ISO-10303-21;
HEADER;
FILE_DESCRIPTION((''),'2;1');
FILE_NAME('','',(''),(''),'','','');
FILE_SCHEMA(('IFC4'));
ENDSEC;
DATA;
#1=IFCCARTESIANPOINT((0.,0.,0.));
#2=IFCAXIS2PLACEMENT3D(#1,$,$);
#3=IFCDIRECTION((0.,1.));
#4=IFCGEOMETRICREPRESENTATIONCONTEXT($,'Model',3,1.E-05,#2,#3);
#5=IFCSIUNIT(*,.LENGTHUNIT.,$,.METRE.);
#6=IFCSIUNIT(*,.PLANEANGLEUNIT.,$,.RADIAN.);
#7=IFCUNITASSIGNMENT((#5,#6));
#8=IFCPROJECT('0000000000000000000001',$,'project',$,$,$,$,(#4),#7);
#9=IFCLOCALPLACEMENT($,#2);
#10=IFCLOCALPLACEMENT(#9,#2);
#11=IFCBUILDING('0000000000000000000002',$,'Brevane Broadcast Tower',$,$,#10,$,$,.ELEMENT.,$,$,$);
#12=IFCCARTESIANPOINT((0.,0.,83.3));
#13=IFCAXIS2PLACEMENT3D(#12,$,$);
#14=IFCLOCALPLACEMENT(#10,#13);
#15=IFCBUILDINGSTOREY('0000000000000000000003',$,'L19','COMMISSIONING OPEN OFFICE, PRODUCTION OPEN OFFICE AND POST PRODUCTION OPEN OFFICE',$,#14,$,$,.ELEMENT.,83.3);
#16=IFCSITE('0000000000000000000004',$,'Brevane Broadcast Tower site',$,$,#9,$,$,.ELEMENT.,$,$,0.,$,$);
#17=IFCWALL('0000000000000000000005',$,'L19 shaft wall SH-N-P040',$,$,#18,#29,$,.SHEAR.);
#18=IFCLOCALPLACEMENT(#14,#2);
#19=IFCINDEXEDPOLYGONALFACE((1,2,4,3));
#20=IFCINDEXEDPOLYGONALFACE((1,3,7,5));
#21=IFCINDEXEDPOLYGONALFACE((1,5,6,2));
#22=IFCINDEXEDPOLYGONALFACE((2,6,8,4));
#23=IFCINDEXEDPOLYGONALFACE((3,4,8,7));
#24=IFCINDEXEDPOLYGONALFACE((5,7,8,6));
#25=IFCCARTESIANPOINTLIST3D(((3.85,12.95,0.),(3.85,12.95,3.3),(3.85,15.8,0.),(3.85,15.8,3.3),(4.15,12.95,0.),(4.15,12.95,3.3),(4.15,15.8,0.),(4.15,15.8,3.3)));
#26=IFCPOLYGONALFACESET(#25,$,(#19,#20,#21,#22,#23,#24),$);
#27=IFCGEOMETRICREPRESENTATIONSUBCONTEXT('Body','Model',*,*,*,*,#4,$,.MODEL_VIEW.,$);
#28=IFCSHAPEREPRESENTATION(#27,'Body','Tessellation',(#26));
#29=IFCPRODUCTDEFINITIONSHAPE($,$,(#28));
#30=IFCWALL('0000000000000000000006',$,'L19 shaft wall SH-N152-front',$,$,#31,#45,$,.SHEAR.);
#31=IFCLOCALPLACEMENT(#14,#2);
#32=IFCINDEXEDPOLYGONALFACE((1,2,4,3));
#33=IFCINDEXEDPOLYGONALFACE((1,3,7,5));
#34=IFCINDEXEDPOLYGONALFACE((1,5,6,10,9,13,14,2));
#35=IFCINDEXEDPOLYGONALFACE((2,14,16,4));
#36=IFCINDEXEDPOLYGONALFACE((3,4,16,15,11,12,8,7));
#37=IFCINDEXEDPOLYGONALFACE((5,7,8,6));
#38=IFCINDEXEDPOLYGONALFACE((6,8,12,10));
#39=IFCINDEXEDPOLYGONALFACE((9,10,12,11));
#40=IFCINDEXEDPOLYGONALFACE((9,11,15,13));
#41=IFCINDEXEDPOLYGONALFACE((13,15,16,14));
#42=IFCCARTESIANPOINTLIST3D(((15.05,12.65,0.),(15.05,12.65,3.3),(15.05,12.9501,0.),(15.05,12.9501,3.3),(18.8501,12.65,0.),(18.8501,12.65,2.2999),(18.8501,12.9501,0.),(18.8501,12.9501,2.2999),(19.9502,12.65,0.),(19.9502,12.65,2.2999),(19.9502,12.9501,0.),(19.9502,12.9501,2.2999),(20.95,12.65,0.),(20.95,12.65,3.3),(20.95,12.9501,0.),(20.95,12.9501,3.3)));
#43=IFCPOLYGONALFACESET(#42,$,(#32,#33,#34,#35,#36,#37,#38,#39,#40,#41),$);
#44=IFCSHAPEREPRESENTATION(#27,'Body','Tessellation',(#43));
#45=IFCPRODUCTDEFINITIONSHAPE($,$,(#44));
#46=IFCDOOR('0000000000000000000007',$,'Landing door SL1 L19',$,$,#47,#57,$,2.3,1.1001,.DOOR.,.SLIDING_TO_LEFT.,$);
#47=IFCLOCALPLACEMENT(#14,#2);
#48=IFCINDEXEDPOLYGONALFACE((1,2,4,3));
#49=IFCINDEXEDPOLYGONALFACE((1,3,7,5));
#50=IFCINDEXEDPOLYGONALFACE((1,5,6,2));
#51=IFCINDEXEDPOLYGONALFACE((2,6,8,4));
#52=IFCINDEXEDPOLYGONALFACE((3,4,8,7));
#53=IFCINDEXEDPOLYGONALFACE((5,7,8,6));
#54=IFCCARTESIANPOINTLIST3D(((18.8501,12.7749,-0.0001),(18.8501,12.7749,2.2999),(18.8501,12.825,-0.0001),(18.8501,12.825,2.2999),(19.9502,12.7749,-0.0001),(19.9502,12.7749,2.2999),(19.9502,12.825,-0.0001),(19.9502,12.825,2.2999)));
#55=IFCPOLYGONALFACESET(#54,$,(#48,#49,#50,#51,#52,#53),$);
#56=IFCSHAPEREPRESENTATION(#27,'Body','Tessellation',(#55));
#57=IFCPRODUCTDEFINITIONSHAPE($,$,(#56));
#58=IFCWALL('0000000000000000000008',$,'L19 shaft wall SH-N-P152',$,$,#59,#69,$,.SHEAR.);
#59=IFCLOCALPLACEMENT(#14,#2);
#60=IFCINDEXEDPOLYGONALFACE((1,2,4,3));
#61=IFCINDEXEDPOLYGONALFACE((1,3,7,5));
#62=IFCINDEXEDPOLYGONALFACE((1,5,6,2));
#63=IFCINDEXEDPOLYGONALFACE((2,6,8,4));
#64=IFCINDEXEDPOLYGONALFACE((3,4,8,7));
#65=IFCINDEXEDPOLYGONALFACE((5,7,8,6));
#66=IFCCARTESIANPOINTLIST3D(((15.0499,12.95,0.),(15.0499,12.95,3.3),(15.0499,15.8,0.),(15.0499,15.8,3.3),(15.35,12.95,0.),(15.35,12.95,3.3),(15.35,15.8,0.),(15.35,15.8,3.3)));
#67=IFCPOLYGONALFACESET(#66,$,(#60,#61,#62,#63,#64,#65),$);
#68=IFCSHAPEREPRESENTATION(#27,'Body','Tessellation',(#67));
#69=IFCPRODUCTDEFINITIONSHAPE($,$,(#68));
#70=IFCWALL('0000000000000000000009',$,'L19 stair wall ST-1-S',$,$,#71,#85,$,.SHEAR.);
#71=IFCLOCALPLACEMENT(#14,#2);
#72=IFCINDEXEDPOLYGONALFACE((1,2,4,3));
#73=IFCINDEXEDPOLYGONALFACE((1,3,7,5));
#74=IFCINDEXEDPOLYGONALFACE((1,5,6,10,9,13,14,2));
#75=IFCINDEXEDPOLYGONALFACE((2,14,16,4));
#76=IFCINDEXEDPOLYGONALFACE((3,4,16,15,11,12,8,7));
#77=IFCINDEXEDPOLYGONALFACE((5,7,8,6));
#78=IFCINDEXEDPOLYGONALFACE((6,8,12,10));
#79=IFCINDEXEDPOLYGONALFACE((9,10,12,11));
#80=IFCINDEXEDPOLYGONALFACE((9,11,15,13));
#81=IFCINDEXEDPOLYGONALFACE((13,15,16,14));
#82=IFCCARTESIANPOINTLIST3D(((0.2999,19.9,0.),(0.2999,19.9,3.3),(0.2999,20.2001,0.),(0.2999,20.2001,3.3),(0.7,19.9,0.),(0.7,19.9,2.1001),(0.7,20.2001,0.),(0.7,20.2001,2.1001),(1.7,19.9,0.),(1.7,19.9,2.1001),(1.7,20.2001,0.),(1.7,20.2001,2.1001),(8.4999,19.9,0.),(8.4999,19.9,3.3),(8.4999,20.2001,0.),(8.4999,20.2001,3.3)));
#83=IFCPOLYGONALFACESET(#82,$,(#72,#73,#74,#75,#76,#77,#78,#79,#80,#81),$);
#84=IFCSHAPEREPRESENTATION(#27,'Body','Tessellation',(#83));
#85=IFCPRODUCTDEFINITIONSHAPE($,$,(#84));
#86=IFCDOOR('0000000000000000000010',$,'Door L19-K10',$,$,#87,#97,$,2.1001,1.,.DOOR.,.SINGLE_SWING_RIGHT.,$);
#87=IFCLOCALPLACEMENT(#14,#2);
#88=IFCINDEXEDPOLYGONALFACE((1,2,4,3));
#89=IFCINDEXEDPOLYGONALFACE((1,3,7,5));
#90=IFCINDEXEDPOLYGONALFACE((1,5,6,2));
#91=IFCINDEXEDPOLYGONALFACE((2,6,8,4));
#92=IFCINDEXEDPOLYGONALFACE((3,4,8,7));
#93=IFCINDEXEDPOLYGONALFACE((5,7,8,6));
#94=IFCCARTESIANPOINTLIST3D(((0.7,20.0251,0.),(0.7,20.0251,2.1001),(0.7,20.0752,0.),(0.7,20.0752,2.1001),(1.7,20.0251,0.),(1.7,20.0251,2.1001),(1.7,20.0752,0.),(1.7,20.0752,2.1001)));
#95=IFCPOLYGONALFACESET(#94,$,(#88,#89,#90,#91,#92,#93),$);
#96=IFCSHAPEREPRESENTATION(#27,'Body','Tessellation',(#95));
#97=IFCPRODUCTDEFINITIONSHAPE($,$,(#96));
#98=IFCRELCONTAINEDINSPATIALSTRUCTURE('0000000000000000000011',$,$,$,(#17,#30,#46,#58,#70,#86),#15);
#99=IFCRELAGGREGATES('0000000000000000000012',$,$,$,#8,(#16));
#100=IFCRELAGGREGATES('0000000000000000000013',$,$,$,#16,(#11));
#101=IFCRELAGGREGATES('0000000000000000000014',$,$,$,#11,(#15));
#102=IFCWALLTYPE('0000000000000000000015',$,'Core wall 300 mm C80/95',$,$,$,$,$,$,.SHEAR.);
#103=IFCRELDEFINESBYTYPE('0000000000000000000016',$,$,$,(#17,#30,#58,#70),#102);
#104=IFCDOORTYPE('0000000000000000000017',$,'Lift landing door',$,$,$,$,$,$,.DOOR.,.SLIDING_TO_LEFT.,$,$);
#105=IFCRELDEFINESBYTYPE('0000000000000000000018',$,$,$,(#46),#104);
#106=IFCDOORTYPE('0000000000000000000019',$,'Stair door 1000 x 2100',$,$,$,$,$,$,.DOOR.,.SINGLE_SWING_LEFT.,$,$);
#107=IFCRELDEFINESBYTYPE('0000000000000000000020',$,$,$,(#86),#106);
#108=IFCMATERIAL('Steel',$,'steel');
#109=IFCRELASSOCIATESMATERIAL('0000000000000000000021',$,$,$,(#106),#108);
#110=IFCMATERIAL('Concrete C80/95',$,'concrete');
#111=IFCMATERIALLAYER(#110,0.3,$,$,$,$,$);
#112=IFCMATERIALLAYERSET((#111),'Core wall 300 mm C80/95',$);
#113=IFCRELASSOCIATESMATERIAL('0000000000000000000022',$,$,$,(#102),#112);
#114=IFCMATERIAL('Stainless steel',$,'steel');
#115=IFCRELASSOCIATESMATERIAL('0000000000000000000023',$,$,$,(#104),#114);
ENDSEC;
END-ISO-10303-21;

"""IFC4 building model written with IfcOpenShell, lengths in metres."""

from ifc_helpers import new_model, si_unit, direction, frame, frame_2d, origin, place, context, subcontext, project, spatial, rectangle, extrude, material, layer, layer_set, type_object, element, fill, save


model = new_model("IFC4")

# Units and contexts
model_context = context("Model", 3, precision=1e-05, world=origin(), true_north=direction((0.0, 1.0)))
body_context = subcontext(model_context, "Body", "Model", "MODEL_VIEW")
ifc_project = project(units=[si_unit("LENGTHUNIT", "METRE"), si_unit("PLANEANGLEUNIT", "RADIAN")], contexts=[model_context])

# Site, building, storey
site_placement = place(None, origin())
site = spatial("IfcSite", under=ifc_project, at=site_placement, Name="Brevane Broadcast Tower site", CompositionType="ELEMENT", RefElevation=0.0)
building_placement = place(site_placement, origin())
building = spatial("IfcBuilding", under=site, at=building_placement, Name="Brevane Broadcast Tower", CompositionType="ELEMENT")
storey_placement = place(building_placement, frame((0.0, 0.0, 83.3)))
storey = spatial("IfcBuildingStorey", under=building, at=storey_placement, Name="L19", Description="COMMISSIONING OPEN OFFICE, PRODUCTION OPEN OFFICE AND POST PRODUCTION OPEN OFFICE", CompositionType="ELEMENT", Elevation=83.3)

# Shared definitions
ifc_material_1 = material(Name="Steel", Category="steel")
door_type_1 = type_object("IfcDoorType", Name="Stair door 1000 x 2100", OperationType="SINGLE_SWING_LEFT", PredefinedType="DOOR", material=ifc_material_1)

# Wall
ifc_material_2 = material(Name="Concrete C80/95", Category="concrete")
ifc_layer_1 = layer(ifc_material_2, 0.3)
ifc_layer_set_1 = layer_set([ifc_layer_1], Name="Core wall 300 mm C80/95")
wall_type_1 = type_object("IfcWallType", Name="Core wall 300 mm C80/95", PredefinedType="SHEAR", material=ifc_layer_set_1)
wall_1_placement = place(storey_placement, frame((4.0, 12.95, 0.0), z_axis=(0.0, 0.0, 1.0), x_axis=(0.0, 1.0, 0.0)))
element("IfcWall", 1, at=wall_1_placement, inside=storey, type_object=wall_type_1, Name="L19 shaft wall SH-N-P040", PredefinedType="SHEAR", context=body_context, shape_type="SweptSolid", body=[
    extrude(rectangle(XDim=2.8501, YDim=0.3, at=frame_2d((1.425, 0.0))), origin(), (0.0, 0.0, 1.0), 3.3),
])

# Wall, opening, door
wall_2_placement = place(storey_placement, frame((15.05, 12.8, 0.0), z_axis=(0.0, 0.0, 1.0), x_axis=(1.0, 0.0, 0.0)))
wall_2 = element("IfcWall", 2, at=wall_2_placement, inside=storey, type_object=wall_type_1, Name="L19 shaft wall SH-N152-front", PredefinedType="SHEAR", context=body_context, shape_type="SweptSolid", body=[
    extrude(rectangle(XDim=5.8999, YDim=0.3, at=frame_2d((2.95, 0.0))), origin(), (0.0, 0.0, 1.0), 3.3),
])
opening_1_placement = place(wall_2_placement, frame((3.8, 0.0, 0.0)))
opening_1 = element("IfcOpeningElement", 3, at=opening_1_placement, cuts=wall_2, PredefinedType="OPENING", context=body_context, shape_type="SweptSolid", body=[
    extrude(rectangle(XDim=1.1001, YDim=2.3, at=frame_2d((0.55, 1.1499))), frame((0.0, 0.1599, 0.0), z_axis=(0.0, -1.0, 0.0), x_axis=(1.0, 0.0, 0.0)), (0.0, 0.0, 1.0), 0.3201),
])
ifc_material_3 = material(Name="Stainless steel", Category="steel")
door_type_2 = type_object("IfcDoorType", Name="Lift landing door", OperationType="SLIDING_TO_LEFT", PredefinedType="DOOR", material=ifc_material_3)
door_1_placement = place(opening_1_placement, origin())
door_1 = element("IfcDoor", 4, at=door_1_placement, inside=storey, type_object=door_type_2, Name="Landing door SL1 L19", OperationType="SLIDING_TO_LEFT", OverallHeight=2.3, OverallWidth=1.1001, PredefinedType="DOOR", context=body_context, shape_type="SweptSolid", body=[
    extrude(rectangle(XDim=1.1001, YDim=2.3, at=frame_2d((0.55, 1.1499))), frame((0.0, 0.0249, 0.0), z_axis=(0.0, -1.0, 0.0), x_axis=(1.0, 0.0, 0.0)), (0.0, 0.0, 1.0), 0.05),
])
fill(opening_1, door_1)

# Wall
wall_3_placement = place(storey_placement, frame((15.2, 12.95, 0.0), z_axis=(0.0, 0.0, 1.0), x_axis=(0.0, 1.0, 0.0)))
element("IfcWall", 5, at=wall_3_placement, inside=storey, type_object=wall_type_1, Name="L19 shaft wall SH-N-P152", PredefinedType="SHEAR", context=body_context, shape_type="SweptSolid", body=[
    extrude(rectangle(XDim=2.8501, YDim=0.3, at=frame_2d((1.425, 0.0))), origin(), (0.0, 0.0, 1.0), 3.3),
])

# Wall, opening, door
wall_4_placement = place(storey_placement, frame((8.5, 20.05, 0.0), z_axis=(0.0, 0.0, 1.0), x_axis=(-1.0, 0.0, 0.0)))
wall_4 = element("IfcWall", 6, at=wall_4_placement, inside=storey, type_object=wall_type_1, Name="L19 stair wall ST-1-S", PredefinedType="SHEAR", context=body_context, shape_type="SweptSolid", body=[
    extrude(rectangle(XDim=8.2, YDim=0.3, at=frame_2d((4.1001, 0.0))), origin(), (0.0, 0.0, 1.0), 3.3),
])
opening_2_placement = place(wall_4_placement, frame((6.8, 0.0, 0.0)))
opening_2 = element("IfcOpeningElement", 7, at=opening_2_placement, cuts=wall_4, PredefinedType="OPENING", context=body_context, shape_type="SweptSolid", body=[
    extrude(rectangle(XDim=1.0, YDim=2.1001, at=frame_2d((0.5, 1.05))), frame((0.0, 0.1599, 0.0), z_axis=(0.0, -1.0, 0.0), x_axis=(1.0, 0.0, 0.0)), (0.0, 0.0, 1.0), 0.3201),
])
door_2_placement = place(opening_2_placement, origin())
door_2 = element("IfcDoor", 8, at=door_2_placement, inside=storey, type_object=door_type_1, Name="Door L19-K10", OperationType="SINGLE_SWING_RIGHT", OverallHeight=2.1001, OverallWidth=1.0, PredefinedType="DOOR", context=body_context, shape_type="SweptSolid", body=[
    extrude(rectangle(XDim=1.0, YDim=2.1001, at=frame_2d((0.5, 1.05))), frame((0.0, 0.0249, 0.0), z_axis=(0.0, -1.0, 0.0), x_axis=(1.0, 0.0, 0.0)), (0.0, 0.0, 1.0), 0.05),
])
fill(opening_2, door_2)

save(model, "model.ifc")
